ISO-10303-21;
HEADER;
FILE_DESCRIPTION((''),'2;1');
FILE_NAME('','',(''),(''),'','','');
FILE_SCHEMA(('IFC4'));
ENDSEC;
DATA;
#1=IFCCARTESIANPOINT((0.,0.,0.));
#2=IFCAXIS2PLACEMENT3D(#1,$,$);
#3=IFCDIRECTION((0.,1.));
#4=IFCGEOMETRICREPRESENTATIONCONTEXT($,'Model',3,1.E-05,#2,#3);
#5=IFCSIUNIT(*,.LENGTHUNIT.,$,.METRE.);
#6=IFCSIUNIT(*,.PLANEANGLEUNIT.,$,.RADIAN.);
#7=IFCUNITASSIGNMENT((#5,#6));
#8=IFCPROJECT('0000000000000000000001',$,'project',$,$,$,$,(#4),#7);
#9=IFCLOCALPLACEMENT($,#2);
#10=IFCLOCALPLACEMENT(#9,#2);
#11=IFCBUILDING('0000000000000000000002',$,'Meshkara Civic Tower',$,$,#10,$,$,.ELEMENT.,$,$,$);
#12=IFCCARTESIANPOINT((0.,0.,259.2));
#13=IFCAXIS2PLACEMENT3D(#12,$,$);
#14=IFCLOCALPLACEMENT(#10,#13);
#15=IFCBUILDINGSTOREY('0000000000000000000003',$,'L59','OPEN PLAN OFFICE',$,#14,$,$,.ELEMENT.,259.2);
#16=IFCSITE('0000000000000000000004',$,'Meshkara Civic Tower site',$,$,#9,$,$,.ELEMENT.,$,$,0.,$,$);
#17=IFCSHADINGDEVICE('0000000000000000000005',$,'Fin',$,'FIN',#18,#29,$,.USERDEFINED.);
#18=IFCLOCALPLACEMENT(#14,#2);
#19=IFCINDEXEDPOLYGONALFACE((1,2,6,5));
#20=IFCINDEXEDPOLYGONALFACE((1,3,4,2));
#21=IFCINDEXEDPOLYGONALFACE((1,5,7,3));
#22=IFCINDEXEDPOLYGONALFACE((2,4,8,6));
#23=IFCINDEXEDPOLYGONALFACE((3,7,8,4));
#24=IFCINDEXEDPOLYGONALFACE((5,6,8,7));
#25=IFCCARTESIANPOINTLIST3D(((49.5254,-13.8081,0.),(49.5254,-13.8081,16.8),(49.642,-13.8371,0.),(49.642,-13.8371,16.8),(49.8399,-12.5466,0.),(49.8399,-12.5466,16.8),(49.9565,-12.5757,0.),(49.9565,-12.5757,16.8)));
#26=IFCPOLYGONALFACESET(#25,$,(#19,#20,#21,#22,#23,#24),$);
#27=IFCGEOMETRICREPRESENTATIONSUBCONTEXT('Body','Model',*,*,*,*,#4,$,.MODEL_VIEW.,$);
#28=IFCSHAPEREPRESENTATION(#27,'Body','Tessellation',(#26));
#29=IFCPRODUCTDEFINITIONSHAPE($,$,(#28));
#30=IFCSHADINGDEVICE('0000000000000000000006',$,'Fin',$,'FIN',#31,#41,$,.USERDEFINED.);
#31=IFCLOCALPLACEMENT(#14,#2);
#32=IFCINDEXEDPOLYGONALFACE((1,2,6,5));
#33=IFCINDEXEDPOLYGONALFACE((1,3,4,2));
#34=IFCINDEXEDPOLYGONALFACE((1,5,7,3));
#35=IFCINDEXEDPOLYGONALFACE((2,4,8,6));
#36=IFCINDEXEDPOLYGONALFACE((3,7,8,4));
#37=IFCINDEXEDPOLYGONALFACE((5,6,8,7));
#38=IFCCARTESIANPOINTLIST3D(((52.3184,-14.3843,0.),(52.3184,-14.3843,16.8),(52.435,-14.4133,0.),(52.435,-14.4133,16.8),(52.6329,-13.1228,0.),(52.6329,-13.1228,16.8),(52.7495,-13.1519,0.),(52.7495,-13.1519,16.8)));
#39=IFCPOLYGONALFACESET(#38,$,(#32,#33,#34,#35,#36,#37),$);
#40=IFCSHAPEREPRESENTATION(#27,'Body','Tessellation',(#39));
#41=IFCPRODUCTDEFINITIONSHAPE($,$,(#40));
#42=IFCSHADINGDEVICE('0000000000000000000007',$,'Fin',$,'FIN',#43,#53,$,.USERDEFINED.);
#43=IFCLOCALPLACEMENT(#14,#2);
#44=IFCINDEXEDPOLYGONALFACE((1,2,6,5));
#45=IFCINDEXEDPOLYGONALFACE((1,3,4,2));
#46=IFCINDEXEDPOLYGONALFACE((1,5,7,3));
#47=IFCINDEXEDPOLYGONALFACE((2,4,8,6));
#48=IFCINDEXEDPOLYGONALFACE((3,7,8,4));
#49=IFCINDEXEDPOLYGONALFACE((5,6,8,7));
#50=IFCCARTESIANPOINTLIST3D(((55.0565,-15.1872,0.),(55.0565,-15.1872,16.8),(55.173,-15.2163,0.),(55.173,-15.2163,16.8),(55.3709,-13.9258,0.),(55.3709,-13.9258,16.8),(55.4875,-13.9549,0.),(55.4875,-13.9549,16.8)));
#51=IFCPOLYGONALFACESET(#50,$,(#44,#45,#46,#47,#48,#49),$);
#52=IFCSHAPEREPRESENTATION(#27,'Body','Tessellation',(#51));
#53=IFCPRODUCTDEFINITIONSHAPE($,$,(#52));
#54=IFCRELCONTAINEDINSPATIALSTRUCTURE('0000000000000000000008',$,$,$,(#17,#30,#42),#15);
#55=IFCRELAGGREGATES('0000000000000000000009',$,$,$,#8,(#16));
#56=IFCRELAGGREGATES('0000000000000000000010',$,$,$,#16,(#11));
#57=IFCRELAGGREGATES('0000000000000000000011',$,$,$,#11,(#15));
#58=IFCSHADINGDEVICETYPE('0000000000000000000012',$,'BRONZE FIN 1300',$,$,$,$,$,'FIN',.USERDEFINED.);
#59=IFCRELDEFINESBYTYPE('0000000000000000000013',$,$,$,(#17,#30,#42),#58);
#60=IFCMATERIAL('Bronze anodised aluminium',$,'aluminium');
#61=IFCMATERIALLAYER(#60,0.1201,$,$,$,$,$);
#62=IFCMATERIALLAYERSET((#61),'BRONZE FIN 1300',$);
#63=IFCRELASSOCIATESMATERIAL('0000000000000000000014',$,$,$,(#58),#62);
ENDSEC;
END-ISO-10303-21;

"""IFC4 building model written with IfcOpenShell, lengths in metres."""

from ifc_helpers import new_model, si_unit, direction, frame, origin, origin_2d, place, context, subcontext, project, spatial, rectangle, extrude, material, layer, layer_set, type_object, element, save


model = new_model("IFC4")

# Units and contexts
model_context = context("Model", 3, precision=1e-05, world=origin(), true_north=direction((0.0, 1.0)))
body_context = subcontext(model_context, "Body", "Model", "MODEL_VIEW")
ifc_project = project(units=[si_unit("LENGTHUNIT", "METRE"), si_unit("PLANEANGLEUNIT", "RADIAN")], contexts=[model_context])

# Site, building, storey
site_placement = place(None, origin())
site = spatial("IfcSite", under=ifc_project, at=site_placement, Name="Meshkara Civic Tower site", CompositionType="ELEMENT", RefElevation=0.0)
building_placement = place(site_placement, origin())
building = spatial("IfcBuilding", under=site, at=building_placement, Name="Meshkara Civic Tower", CompositionType="ELEMENT")
storey_placement = place(building_placement, frame((0.0, 0.0, 259.2)))
storey = spatial("IfcBuildingStorey", under=building, at=storey_placement, Name="L59", Description="OPEN PLAN OFFICE", CompositionType="ELEMENT", Elevation=259.2)

# Shading devices
ifc_material_1 = material(Name="Bronze anodised aluminium", Category="aluminium")
ifc_layer_1 = layer(ifc_material_1, 0.1201)
ifc_layer_set_1 = layer_set([ifc_layer_1], Name="BRONZE FIN 1300")
shading_device_type = type_object("IfcShadingDeviceType", Name="BRONZE FIN 1300", ElementType="FIN", PredefinedType="USERDEFINED", material=ifc_layer_set_1)
for number, where, z_axis, x_axis, name in (
    (1, (49.741, -13.1919, 0.0), (0.0, 0.0, 1.0), (0.9703, -0.241905, 0.0), "Fin"),
    (2, (52.5339, -13.7681, 0.0), (0.0, 0.0, 1.0), (0.9703, -0.241905, 0.0), "Fin"),
    (3, (55.272, -14.571, 0.0), (0.0, 0.0, 1.0), (0.9703, -0.241905, 0.0), "Fin"),
):
    element("IfcShadingDevice", number, at=place(storey_placement, frame(where, z_axis=z_axis, x_axis=x_axis)), inside=storey, type_object=shading_device_type, Name=name, ObjectType="FIN", PredefinedType="USERDEFINED", context=body_context, shape_type="SweptSolid", body=[
        extrude(rectangle(XDim=0.1201, YDim=1.3, at=origin_2d()), origin(), (0.0, 0.0, 1.0), 16.8),
    ])

save(model, "model.ifc")
